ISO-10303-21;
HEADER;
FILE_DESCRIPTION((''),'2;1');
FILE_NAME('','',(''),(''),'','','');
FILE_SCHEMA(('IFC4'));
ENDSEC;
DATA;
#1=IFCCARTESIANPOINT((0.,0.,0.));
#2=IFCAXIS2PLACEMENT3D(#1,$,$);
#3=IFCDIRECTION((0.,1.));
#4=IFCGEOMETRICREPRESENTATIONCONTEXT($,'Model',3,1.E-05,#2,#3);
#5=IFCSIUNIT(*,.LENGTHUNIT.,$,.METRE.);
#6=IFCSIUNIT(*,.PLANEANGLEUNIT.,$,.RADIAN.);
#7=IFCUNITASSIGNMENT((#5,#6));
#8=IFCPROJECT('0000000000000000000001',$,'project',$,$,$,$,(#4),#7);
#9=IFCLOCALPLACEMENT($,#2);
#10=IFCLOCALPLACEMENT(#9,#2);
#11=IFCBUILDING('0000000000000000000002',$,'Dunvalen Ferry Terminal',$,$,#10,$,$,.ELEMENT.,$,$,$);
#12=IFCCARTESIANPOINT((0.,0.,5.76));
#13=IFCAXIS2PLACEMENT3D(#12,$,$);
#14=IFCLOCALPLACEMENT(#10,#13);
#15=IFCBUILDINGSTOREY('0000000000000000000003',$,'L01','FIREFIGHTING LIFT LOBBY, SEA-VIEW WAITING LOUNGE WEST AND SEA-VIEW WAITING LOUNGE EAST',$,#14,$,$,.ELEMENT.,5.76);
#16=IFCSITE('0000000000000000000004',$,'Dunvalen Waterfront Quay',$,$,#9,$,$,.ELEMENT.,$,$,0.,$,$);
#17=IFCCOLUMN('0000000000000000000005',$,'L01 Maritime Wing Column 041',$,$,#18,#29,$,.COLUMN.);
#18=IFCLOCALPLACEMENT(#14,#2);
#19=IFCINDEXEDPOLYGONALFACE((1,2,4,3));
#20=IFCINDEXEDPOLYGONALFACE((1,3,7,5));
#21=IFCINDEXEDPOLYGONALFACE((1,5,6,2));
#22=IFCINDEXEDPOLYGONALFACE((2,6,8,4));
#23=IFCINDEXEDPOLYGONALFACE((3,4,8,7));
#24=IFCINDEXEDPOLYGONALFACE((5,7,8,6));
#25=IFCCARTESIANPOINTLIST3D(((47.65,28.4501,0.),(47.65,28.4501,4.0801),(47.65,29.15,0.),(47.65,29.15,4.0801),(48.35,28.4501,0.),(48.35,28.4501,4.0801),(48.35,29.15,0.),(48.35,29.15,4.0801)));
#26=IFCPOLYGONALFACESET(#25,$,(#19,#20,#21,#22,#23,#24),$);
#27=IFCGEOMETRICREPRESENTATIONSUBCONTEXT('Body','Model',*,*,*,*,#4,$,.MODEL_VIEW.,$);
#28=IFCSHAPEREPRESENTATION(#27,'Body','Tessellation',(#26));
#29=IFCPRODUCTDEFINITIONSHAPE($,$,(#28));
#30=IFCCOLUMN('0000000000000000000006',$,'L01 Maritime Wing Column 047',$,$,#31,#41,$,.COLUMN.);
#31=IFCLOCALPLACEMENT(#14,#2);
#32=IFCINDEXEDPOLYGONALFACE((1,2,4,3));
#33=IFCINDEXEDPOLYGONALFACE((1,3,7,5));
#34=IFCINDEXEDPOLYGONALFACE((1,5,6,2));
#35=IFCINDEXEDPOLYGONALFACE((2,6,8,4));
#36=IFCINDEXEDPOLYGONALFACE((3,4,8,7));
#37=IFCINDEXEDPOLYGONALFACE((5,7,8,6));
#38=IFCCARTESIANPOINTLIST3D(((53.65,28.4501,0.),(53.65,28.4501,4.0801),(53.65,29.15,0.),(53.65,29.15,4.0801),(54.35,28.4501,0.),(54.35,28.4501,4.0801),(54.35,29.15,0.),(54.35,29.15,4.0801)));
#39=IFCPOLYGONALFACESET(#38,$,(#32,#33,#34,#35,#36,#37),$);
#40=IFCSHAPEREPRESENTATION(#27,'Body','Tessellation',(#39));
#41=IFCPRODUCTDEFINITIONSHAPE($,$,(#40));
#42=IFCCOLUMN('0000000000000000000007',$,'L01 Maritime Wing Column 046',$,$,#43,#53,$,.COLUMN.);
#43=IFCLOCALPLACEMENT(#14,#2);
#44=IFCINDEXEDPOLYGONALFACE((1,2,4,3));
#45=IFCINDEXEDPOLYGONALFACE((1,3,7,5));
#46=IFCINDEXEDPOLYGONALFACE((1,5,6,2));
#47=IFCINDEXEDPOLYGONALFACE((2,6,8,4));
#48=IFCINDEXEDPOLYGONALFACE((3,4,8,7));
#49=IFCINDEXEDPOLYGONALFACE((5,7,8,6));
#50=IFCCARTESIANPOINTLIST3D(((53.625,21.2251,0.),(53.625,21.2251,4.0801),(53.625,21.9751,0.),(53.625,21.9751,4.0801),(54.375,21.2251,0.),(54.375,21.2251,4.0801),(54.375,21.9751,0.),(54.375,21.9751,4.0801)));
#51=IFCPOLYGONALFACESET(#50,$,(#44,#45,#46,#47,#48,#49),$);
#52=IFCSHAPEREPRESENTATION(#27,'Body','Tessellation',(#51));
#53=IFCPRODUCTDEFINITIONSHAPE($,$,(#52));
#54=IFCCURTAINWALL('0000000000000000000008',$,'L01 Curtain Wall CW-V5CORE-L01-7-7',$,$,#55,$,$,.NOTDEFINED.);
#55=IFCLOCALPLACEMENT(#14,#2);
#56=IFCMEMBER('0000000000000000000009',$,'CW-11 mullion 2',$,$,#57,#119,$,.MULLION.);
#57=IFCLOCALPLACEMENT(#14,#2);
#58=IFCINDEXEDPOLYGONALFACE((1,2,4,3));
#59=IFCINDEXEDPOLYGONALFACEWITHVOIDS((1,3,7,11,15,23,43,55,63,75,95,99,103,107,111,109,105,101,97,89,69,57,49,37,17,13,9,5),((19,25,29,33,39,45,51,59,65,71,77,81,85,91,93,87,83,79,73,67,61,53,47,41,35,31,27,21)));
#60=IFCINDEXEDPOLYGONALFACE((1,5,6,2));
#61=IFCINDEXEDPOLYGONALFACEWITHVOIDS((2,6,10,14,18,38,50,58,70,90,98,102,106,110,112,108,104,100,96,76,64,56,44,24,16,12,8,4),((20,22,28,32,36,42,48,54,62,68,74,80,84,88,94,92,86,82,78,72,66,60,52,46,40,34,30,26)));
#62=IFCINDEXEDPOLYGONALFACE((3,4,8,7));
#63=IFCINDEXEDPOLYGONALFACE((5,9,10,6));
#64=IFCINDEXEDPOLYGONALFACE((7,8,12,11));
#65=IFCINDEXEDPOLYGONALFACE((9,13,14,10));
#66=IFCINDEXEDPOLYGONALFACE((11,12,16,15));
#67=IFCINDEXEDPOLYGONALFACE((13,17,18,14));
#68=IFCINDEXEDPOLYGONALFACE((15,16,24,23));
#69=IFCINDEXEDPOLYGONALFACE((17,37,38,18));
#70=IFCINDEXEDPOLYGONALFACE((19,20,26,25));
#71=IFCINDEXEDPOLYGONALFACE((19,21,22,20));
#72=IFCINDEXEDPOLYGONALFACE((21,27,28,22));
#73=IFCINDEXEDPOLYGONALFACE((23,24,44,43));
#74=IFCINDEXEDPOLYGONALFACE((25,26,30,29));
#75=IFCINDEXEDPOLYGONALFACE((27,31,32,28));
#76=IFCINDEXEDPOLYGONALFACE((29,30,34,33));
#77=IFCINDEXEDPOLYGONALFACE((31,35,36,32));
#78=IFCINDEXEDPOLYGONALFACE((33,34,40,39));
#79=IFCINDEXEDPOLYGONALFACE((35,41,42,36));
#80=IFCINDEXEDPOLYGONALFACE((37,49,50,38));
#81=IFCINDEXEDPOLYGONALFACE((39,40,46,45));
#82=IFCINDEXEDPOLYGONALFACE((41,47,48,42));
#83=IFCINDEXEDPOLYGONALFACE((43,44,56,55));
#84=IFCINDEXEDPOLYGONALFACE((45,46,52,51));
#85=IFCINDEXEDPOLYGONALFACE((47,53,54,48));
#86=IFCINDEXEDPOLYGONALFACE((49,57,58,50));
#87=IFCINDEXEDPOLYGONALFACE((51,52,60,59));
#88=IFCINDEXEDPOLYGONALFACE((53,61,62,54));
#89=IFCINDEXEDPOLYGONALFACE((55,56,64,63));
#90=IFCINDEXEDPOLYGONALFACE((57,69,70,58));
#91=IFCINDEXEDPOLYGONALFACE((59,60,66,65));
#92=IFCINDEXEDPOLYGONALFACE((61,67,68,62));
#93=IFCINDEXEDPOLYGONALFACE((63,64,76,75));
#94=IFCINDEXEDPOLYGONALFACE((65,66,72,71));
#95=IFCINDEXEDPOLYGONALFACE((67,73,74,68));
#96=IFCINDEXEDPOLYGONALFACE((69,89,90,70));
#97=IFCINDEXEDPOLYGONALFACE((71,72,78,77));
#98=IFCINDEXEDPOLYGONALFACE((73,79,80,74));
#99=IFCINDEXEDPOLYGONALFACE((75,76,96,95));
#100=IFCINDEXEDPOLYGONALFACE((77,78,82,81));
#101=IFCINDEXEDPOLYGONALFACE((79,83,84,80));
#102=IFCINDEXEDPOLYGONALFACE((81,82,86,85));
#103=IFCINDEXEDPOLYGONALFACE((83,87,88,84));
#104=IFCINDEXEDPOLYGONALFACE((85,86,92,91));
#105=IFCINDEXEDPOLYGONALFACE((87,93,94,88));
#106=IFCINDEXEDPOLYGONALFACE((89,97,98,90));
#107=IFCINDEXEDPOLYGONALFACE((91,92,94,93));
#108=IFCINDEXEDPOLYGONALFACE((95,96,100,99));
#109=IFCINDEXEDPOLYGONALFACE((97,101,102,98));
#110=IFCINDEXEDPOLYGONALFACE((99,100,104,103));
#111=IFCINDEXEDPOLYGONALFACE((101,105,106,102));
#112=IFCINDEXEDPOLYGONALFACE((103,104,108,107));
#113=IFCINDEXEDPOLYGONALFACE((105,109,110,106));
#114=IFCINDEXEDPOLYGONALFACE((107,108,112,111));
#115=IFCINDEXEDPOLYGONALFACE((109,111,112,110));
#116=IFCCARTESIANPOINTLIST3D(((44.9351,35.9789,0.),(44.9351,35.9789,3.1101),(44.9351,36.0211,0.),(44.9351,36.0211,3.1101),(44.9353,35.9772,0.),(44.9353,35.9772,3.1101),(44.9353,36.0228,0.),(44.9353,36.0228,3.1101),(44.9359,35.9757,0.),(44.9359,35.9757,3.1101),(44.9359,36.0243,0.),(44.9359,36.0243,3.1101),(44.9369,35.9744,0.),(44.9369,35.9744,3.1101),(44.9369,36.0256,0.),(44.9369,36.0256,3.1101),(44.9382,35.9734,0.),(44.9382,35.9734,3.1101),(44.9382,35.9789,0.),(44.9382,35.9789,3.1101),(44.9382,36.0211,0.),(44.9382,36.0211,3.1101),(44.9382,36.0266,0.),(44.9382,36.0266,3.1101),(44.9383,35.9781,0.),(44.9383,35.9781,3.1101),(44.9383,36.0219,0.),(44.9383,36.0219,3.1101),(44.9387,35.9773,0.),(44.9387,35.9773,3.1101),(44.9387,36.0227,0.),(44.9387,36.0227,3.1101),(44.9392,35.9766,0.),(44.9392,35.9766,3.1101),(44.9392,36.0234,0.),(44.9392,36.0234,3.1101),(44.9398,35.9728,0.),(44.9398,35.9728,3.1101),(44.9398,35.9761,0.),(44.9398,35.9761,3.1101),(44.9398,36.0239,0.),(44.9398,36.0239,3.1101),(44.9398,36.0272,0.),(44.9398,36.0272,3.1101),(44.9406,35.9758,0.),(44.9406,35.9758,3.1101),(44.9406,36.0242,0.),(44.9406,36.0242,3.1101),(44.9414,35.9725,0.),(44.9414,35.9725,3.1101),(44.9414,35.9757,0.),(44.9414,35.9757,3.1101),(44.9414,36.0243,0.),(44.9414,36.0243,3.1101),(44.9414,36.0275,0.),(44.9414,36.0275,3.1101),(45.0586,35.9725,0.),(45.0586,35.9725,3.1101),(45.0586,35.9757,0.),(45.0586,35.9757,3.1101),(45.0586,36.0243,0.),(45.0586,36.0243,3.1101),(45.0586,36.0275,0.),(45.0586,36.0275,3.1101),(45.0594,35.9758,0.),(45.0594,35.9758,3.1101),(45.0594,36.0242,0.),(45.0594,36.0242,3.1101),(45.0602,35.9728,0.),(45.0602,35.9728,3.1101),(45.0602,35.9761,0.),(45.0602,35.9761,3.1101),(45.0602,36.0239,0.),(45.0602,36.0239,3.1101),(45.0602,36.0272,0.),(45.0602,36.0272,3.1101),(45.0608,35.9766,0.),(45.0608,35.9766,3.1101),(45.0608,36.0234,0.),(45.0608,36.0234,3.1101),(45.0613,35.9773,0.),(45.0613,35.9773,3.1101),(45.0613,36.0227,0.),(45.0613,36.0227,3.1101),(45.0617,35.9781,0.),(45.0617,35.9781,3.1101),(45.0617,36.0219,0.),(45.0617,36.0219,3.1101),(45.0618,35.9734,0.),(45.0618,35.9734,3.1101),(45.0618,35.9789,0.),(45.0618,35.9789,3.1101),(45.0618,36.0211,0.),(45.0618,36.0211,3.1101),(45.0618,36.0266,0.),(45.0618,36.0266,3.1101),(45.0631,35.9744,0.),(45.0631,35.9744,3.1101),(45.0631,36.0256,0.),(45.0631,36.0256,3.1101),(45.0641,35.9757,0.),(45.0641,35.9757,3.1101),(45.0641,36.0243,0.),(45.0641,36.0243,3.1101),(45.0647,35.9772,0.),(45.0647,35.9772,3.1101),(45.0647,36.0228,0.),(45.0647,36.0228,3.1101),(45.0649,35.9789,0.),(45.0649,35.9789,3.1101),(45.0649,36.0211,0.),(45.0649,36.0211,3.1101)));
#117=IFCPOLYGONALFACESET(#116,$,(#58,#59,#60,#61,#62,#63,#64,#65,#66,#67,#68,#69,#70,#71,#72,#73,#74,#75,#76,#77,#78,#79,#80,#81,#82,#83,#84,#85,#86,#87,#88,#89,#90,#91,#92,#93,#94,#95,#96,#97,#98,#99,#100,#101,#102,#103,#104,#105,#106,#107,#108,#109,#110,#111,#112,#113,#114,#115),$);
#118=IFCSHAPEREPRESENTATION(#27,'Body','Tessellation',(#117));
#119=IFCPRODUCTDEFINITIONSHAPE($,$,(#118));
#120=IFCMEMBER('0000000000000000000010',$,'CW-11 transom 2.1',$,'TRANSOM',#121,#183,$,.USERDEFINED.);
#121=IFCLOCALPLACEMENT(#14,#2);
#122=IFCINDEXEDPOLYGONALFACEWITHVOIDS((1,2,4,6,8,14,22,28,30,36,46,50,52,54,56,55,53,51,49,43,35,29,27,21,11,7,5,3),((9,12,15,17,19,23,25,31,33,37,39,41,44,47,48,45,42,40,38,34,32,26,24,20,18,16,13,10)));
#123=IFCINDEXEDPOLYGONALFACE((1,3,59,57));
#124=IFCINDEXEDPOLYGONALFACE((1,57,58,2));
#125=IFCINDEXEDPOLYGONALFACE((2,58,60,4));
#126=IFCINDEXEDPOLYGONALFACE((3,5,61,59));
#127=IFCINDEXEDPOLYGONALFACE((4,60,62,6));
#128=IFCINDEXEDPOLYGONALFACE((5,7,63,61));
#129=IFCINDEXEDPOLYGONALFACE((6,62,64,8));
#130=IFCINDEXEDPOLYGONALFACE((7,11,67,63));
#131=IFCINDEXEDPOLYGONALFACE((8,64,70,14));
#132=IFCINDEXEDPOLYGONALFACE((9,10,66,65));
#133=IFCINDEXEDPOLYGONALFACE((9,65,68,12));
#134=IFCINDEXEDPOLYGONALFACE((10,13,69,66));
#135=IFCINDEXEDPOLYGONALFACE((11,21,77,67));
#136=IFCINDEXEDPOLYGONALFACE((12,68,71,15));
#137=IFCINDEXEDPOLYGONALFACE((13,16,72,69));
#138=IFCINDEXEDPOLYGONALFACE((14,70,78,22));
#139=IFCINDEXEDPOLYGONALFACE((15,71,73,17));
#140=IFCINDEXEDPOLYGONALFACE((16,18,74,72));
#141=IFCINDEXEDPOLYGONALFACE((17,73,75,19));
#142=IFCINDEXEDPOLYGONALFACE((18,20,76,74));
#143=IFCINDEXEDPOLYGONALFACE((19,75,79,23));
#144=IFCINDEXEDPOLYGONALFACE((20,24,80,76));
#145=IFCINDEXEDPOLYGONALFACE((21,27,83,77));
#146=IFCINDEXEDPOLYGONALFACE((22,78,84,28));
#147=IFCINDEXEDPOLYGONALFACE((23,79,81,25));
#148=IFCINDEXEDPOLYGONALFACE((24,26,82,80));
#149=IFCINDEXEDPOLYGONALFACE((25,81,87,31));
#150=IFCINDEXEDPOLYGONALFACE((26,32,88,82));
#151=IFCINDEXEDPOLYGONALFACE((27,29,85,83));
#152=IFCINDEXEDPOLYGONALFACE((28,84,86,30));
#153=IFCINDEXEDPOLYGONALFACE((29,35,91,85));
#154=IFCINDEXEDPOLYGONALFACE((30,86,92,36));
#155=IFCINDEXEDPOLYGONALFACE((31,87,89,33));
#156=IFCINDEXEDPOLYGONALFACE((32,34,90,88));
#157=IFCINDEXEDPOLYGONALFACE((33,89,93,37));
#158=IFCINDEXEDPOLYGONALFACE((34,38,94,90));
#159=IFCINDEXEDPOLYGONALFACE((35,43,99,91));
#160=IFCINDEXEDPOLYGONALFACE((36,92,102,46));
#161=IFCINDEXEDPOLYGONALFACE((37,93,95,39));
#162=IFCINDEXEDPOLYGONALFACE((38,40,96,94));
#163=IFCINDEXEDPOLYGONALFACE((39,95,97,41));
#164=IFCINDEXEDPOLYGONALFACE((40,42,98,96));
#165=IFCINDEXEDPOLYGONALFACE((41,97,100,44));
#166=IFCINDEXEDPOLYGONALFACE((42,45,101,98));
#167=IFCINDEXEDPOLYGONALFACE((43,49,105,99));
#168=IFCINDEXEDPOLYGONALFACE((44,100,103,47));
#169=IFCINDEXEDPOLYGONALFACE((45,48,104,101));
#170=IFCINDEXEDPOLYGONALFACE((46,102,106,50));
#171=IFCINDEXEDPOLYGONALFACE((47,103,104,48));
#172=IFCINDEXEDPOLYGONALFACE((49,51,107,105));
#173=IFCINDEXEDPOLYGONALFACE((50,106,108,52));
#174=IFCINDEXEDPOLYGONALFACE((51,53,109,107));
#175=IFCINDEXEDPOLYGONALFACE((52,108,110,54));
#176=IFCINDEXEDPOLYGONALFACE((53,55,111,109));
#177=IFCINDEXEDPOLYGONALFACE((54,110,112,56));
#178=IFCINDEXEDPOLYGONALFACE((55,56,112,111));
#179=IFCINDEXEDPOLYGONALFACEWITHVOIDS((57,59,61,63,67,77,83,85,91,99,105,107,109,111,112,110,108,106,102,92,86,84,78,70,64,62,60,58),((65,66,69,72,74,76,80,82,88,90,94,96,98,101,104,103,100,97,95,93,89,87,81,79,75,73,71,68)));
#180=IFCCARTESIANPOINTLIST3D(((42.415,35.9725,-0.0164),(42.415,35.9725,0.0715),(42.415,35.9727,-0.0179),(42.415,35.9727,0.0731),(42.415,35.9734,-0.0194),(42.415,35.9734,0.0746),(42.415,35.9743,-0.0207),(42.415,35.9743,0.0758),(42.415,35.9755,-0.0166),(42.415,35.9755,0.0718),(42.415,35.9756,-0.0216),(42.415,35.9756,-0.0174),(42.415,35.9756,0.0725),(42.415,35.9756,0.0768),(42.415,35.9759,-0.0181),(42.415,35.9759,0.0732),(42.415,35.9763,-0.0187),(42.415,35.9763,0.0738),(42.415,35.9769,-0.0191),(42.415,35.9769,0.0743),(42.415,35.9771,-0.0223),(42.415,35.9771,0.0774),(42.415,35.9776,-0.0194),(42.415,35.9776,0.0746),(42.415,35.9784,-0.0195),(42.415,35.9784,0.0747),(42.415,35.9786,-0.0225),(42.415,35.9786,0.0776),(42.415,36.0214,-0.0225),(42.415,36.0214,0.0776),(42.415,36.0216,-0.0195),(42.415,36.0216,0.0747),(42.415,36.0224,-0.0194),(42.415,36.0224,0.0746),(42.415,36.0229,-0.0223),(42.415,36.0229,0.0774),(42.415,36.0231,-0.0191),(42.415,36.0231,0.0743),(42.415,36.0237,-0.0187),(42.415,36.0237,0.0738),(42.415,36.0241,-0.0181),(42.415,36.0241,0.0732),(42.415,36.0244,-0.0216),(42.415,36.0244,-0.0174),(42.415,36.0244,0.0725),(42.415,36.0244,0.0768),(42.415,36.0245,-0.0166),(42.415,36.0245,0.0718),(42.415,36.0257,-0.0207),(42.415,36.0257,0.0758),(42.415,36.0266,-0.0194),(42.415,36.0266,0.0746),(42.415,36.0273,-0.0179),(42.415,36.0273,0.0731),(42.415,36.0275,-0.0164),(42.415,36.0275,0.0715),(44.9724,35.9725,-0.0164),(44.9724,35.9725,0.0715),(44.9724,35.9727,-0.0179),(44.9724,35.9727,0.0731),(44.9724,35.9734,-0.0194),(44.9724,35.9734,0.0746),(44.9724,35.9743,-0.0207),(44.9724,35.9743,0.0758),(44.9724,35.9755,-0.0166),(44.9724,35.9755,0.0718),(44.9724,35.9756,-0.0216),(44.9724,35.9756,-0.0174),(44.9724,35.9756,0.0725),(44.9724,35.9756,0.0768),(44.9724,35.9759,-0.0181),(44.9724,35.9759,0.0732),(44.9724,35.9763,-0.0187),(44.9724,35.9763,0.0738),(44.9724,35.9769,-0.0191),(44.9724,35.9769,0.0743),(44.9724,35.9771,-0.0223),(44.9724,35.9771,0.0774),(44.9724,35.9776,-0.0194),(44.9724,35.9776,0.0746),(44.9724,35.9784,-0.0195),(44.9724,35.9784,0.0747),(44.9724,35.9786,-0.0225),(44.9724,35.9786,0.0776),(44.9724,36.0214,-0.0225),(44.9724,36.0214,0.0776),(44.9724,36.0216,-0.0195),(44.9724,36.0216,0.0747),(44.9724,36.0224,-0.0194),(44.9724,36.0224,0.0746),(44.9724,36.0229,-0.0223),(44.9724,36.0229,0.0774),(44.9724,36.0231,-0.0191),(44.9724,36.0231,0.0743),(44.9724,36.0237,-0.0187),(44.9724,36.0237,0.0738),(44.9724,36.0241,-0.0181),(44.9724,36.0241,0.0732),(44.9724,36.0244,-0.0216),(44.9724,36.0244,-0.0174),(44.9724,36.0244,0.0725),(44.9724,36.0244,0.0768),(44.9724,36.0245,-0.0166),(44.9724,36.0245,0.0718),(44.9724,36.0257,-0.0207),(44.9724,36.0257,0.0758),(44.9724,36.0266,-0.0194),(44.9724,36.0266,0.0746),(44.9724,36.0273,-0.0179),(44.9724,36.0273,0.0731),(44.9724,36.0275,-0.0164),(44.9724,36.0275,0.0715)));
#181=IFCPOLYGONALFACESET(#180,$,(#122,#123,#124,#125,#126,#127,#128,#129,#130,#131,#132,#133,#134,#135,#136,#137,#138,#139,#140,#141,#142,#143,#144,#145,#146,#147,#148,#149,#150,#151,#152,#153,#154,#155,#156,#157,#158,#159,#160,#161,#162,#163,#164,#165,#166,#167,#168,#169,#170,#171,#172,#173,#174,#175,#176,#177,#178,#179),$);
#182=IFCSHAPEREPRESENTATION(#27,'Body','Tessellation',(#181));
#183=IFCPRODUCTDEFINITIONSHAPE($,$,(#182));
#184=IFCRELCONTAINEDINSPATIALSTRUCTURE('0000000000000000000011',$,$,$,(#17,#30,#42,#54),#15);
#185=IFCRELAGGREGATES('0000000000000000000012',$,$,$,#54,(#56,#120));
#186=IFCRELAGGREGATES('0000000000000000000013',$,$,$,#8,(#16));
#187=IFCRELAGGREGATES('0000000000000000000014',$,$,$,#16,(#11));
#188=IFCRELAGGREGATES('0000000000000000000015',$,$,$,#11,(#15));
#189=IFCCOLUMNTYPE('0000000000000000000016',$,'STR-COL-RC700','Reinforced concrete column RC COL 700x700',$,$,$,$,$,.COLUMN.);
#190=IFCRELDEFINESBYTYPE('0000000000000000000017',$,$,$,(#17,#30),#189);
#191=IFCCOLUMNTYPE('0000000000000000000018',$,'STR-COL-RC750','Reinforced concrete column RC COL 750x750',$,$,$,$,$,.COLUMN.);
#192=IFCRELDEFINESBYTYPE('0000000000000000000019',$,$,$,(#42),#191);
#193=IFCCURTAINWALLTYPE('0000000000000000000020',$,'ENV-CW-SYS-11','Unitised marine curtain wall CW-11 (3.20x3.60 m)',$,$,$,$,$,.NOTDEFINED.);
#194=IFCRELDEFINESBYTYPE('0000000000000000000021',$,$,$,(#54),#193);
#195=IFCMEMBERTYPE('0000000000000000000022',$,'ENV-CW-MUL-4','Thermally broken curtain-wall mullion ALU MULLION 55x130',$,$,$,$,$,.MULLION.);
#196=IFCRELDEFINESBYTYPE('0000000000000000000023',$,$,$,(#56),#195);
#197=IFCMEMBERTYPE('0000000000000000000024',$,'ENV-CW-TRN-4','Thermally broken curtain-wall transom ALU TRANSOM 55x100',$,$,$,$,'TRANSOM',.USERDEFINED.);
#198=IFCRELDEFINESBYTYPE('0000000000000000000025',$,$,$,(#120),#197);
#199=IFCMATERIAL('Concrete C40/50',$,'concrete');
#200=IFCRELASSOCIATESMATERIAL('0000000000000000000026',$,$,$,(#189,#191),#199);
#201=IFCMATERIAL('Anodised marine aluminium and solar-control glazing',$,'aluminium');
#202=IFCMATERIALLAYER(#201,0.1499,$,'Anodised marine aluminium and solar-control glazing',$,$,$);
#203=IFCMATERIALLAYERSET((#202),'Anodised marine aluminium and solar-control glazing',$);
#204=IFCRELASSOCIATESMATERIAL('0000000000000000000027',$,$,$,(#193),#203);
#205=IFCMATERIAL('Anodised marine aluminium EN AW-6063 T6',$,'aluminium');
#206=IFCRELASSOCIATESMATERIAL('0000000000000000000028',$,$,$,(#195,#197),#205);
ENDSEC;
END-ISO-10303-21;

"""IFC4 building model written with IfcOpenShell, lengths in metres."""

from ifc_helpers import new_model, si_unit, direction, frame, origin, origin_2d, place, context, subcontext, project, spatial, rectangle, hollow_rectangle, extrude, material, layer, layer_set, material_profile, profile_set, type_object, element, aggregate, save


model = new_model("IFC4")

# Units and contexts
model_context = context("Model", 3, precision=1e-05, world=origin(), true_north=direction((0.0, 1.0)))
body_context = subcontext(model_context, "Body", "Model", "MODEL_VIEW")
ifc_project = project(units=[si_unit("LENGTHUNIT", "METRE"), si_unit("PLANEANGLEUNIT", "RADIAN")], contexts=[model_context])

# Site, building, storey
site_placement = place(None, origin())
site = spatial("IfcSite", under=ifc_project, at=site_placement, Name="Dunvalen Waterfront Quay", CompositionType="ELEMENT", RefElevation=0.0)
building_placement = place(site_placement, origin())
building = spatial("IfcBuilding", under=site, at=building_placement, Name="Dunvalen Ferry Terminal", CompositionType="ELEMENT")
storey_placement = place(building_placement, frame((0.0, 0.0, 5.76)))
storey = spatial("IfcBuildingStorey", under=building, at=storey_placement, Name="L01", Description="FIREFIGHTING LIFT LOBBY, SEA-VIEW WAITING LOUNGE WEST AND SEA-VIEW WAITING LOUNGE EAST", CompositionType="ELEMENT", Elevation=5.76)

# Columns
ifc_material_1 = material(Name="Concrete C40/50", Category="concrete")
ifc_material_profile_1 = material_profile(ifc_material_1, rectangle(XDim=0.7, YDim=0.7, at=origin_2d()), Name="Concrete C40/50")
ifc_profile_set_1 = profile_set([ifc_material_profile_1], Name="Concrete C40/50")
column_type_1 = type_object("IfcColumnType", Name="STR-COL-RC700", Description="Reinforced concrete column RC COL 700x700", PredefinedType="COLUMN", material=ifc_profile_set_1)
for number, where, z_axis, x_axis, name in (
    (1, (48.0, 28.8, 0.0), (0.0, 0.0, 1.0), (1.0, 0.0, 0.0), "L01 Maritime Wing Column 041"),
    (2, (54.0, 28.8, 0.0), (0.0, 0.0, 1.0), (1.0, 0.0, 0.0), "L01 Maritime Wing Column 047"),
):
    element("IfcColumn", number, at=place(storey_placement, frame(where, z_axis=z_axis, x_axis=x_axis)), inside=storey, type_object=column_type_1, Name=name, PredefinedType="COLUMN", context=body_context, shape_type="SweptSolid", body=[
        extrude(rectangle(XDim=0.7, YDim=0.7, at=origin_2d()), origin(), (0.0, 0.0, 1.0), 4.0801),
    ])
ifc_material_profile_2 = material_profile(ifc_material_1, rectangle(XDim=0.75, YDim=0.75, at=origin_2d()), Name="Concrete C40/50")
ifc_profile_set_2 = profile_set([ifc_material_profile_2], Name="Concrete C40/50")
column_type_2 = type_object("IfcColumnType", Name="STR-COL-RC750", Description="Reinforced concrete column RC COL 750x750", PredefinedType="COLUMN", material=ifc_profile_set_2)
column_placement = place(storey_placement, frame((54.0, 21.6001, 0.0), z_axis=(0.0, 0.0, 1.0), x_axis=(1.0, 0.0, 0.0)))
element("IfcColumn", 3, at=column_placement, inside=storey, type_object=column_type_2, Name="L01 Maritime Wing Column 046", PredefinedType="COLUMN", context=body_context, shape_type="SweptSolid", body=[
    extrude(rectangle(XDim=0.75, YDim=0.75, at=origin_2d()), origin(), (0.0, 0.0, 1.0), 4.0801),
])

# Curtain wall, members
ifc_material_2 = material(Name="Anodised marine aluminium and solar-control glazing", Category="aluminium")
ifc_layer_1 = layer(ifc_material_2, 0.1499, Name="Anodised marine aluminium and solar-control glazing")
ifc_layer_set_1 = layer_set([ifc_layer_1], Name="Anodised marine aluminium and solar-control glazing")
curtain_wall_type = type_object("IfcCurtainWallType", Name="ENV-CW-SYS-11", Description="Unitised marine curtain wall CW-11 (3.20x3.60 m)", PredefinedType="NOTDEFINED", material=ifc_layer_set_1)
curtain_wall_placement = place(storey_placement, origin())
curtain_wall = element("IfcCurtainWall", 4, at=curtain_wall_placement, inside=storey, type_object=curtain_wall_type, Name="L01 Curtain Wall CW-V5CORE-L01-7-7", PredefinedType="NOTDEFINED")
ifc_material_3 = material(Name="Anodised marine aluminium EN AW-6063 T6", Category="aluminium")
ifc_material_profile_3 = material_profile(ifc_material_3, hollow_rectangle(XDim=0.0549, YDim=0.1299, WallThickness=0.0032, InnerFilletRadius=0.0032, OuterFilletRadius=0.0063, at=origin_2d()), Name="Anodised marine aluminium EN AW-6063 T6")
ifc_profile_set_3 = profile_set([ifc_material_profile_3], Name="Anodised marine aluminium EN AW-6063 T6")
member_type_1 = type_object("IfcMemberType", Name="ENV-CW-MUL-4", Description="Thermally broken curtain-wall mullion ALU MULLION 55x130", PredefinedType="MULLION", material=ifc_profile_set_3)
member_1_placement = place(storey_placement, frame((45.0, 36.0, 0.0), z_axis=(0.0, 0.0, 1.0), x_axis=(0.0, -1.0, 0.0)))
member_1 = element("IfcMember", 5, at=member_1_placement, type_object=member_type_1, Name="CW-11 mullion 2", PredefinedType="MULLION", context=body_context, shape_type="SweptSolid", body=[
    extrude(hollow_rectangle(XDim=0.0549, YDim=0.1299, WallThickness=0.0032, InnerFilletRadius=0.0032, OuterFilletRadius=0.0063, at=origin_2d()), origin(), (0.0, 0.0, 1.0), 3.1101),
])
ifc_material_profile_4 = material_profile(ifc_material_3, hollow_rectangle(XDim=0.0549, YDim=0.1001, WallThickness=0.0029, InnerFilletRadius=0.0029, OuterFilletRadius=0.0061, at=origin_2d()), Name="Anodised marine aluminium EN AW-6063 T6")
ifc_profile_set_4 = profile_set([ifc_material_profile_4], Name="Anodised marine aluminium EN AW-6063 T6")
member_type_2 = type_object("IfcMemberType", Name="ENV-CW-TRN-4", Description="Thermally broken curtain-wall transom ALU TRANSOM 55x100", ElementType="TRANSOM", PredefinedType="USERDEFINED", material=ifc_profile_set_4)
member_2_placement = place(storey_placement, frame((44.9724, 36.0, 0.0276), z_axis=(-1.0, 0.0, 0.0), x_axis=(0.0, -1.0, 0.0)))
member_2 = element("IfcMember", 6, at=member_2_placement, type_object=member_type_2, Name="CW-11 transom 2.1", ObjectType="TRANSOM", PredefinedType="USERDEFINED", context=body_context, shape_type="SweptSolid", body=[
    extrude(hollow_rectangle(XDim=0.0549, YDim=0.1001, WallThickness=0.0029, InnerFilletRadius=0.0029, OuterFilletRadius=0.0061, at=origin_2d()), origin(), (0.0, 0.0, 1.0), 2.5574),
])

aggregate(curtain_wall, [member_1, member_2])

save(model, "model.ifc")
